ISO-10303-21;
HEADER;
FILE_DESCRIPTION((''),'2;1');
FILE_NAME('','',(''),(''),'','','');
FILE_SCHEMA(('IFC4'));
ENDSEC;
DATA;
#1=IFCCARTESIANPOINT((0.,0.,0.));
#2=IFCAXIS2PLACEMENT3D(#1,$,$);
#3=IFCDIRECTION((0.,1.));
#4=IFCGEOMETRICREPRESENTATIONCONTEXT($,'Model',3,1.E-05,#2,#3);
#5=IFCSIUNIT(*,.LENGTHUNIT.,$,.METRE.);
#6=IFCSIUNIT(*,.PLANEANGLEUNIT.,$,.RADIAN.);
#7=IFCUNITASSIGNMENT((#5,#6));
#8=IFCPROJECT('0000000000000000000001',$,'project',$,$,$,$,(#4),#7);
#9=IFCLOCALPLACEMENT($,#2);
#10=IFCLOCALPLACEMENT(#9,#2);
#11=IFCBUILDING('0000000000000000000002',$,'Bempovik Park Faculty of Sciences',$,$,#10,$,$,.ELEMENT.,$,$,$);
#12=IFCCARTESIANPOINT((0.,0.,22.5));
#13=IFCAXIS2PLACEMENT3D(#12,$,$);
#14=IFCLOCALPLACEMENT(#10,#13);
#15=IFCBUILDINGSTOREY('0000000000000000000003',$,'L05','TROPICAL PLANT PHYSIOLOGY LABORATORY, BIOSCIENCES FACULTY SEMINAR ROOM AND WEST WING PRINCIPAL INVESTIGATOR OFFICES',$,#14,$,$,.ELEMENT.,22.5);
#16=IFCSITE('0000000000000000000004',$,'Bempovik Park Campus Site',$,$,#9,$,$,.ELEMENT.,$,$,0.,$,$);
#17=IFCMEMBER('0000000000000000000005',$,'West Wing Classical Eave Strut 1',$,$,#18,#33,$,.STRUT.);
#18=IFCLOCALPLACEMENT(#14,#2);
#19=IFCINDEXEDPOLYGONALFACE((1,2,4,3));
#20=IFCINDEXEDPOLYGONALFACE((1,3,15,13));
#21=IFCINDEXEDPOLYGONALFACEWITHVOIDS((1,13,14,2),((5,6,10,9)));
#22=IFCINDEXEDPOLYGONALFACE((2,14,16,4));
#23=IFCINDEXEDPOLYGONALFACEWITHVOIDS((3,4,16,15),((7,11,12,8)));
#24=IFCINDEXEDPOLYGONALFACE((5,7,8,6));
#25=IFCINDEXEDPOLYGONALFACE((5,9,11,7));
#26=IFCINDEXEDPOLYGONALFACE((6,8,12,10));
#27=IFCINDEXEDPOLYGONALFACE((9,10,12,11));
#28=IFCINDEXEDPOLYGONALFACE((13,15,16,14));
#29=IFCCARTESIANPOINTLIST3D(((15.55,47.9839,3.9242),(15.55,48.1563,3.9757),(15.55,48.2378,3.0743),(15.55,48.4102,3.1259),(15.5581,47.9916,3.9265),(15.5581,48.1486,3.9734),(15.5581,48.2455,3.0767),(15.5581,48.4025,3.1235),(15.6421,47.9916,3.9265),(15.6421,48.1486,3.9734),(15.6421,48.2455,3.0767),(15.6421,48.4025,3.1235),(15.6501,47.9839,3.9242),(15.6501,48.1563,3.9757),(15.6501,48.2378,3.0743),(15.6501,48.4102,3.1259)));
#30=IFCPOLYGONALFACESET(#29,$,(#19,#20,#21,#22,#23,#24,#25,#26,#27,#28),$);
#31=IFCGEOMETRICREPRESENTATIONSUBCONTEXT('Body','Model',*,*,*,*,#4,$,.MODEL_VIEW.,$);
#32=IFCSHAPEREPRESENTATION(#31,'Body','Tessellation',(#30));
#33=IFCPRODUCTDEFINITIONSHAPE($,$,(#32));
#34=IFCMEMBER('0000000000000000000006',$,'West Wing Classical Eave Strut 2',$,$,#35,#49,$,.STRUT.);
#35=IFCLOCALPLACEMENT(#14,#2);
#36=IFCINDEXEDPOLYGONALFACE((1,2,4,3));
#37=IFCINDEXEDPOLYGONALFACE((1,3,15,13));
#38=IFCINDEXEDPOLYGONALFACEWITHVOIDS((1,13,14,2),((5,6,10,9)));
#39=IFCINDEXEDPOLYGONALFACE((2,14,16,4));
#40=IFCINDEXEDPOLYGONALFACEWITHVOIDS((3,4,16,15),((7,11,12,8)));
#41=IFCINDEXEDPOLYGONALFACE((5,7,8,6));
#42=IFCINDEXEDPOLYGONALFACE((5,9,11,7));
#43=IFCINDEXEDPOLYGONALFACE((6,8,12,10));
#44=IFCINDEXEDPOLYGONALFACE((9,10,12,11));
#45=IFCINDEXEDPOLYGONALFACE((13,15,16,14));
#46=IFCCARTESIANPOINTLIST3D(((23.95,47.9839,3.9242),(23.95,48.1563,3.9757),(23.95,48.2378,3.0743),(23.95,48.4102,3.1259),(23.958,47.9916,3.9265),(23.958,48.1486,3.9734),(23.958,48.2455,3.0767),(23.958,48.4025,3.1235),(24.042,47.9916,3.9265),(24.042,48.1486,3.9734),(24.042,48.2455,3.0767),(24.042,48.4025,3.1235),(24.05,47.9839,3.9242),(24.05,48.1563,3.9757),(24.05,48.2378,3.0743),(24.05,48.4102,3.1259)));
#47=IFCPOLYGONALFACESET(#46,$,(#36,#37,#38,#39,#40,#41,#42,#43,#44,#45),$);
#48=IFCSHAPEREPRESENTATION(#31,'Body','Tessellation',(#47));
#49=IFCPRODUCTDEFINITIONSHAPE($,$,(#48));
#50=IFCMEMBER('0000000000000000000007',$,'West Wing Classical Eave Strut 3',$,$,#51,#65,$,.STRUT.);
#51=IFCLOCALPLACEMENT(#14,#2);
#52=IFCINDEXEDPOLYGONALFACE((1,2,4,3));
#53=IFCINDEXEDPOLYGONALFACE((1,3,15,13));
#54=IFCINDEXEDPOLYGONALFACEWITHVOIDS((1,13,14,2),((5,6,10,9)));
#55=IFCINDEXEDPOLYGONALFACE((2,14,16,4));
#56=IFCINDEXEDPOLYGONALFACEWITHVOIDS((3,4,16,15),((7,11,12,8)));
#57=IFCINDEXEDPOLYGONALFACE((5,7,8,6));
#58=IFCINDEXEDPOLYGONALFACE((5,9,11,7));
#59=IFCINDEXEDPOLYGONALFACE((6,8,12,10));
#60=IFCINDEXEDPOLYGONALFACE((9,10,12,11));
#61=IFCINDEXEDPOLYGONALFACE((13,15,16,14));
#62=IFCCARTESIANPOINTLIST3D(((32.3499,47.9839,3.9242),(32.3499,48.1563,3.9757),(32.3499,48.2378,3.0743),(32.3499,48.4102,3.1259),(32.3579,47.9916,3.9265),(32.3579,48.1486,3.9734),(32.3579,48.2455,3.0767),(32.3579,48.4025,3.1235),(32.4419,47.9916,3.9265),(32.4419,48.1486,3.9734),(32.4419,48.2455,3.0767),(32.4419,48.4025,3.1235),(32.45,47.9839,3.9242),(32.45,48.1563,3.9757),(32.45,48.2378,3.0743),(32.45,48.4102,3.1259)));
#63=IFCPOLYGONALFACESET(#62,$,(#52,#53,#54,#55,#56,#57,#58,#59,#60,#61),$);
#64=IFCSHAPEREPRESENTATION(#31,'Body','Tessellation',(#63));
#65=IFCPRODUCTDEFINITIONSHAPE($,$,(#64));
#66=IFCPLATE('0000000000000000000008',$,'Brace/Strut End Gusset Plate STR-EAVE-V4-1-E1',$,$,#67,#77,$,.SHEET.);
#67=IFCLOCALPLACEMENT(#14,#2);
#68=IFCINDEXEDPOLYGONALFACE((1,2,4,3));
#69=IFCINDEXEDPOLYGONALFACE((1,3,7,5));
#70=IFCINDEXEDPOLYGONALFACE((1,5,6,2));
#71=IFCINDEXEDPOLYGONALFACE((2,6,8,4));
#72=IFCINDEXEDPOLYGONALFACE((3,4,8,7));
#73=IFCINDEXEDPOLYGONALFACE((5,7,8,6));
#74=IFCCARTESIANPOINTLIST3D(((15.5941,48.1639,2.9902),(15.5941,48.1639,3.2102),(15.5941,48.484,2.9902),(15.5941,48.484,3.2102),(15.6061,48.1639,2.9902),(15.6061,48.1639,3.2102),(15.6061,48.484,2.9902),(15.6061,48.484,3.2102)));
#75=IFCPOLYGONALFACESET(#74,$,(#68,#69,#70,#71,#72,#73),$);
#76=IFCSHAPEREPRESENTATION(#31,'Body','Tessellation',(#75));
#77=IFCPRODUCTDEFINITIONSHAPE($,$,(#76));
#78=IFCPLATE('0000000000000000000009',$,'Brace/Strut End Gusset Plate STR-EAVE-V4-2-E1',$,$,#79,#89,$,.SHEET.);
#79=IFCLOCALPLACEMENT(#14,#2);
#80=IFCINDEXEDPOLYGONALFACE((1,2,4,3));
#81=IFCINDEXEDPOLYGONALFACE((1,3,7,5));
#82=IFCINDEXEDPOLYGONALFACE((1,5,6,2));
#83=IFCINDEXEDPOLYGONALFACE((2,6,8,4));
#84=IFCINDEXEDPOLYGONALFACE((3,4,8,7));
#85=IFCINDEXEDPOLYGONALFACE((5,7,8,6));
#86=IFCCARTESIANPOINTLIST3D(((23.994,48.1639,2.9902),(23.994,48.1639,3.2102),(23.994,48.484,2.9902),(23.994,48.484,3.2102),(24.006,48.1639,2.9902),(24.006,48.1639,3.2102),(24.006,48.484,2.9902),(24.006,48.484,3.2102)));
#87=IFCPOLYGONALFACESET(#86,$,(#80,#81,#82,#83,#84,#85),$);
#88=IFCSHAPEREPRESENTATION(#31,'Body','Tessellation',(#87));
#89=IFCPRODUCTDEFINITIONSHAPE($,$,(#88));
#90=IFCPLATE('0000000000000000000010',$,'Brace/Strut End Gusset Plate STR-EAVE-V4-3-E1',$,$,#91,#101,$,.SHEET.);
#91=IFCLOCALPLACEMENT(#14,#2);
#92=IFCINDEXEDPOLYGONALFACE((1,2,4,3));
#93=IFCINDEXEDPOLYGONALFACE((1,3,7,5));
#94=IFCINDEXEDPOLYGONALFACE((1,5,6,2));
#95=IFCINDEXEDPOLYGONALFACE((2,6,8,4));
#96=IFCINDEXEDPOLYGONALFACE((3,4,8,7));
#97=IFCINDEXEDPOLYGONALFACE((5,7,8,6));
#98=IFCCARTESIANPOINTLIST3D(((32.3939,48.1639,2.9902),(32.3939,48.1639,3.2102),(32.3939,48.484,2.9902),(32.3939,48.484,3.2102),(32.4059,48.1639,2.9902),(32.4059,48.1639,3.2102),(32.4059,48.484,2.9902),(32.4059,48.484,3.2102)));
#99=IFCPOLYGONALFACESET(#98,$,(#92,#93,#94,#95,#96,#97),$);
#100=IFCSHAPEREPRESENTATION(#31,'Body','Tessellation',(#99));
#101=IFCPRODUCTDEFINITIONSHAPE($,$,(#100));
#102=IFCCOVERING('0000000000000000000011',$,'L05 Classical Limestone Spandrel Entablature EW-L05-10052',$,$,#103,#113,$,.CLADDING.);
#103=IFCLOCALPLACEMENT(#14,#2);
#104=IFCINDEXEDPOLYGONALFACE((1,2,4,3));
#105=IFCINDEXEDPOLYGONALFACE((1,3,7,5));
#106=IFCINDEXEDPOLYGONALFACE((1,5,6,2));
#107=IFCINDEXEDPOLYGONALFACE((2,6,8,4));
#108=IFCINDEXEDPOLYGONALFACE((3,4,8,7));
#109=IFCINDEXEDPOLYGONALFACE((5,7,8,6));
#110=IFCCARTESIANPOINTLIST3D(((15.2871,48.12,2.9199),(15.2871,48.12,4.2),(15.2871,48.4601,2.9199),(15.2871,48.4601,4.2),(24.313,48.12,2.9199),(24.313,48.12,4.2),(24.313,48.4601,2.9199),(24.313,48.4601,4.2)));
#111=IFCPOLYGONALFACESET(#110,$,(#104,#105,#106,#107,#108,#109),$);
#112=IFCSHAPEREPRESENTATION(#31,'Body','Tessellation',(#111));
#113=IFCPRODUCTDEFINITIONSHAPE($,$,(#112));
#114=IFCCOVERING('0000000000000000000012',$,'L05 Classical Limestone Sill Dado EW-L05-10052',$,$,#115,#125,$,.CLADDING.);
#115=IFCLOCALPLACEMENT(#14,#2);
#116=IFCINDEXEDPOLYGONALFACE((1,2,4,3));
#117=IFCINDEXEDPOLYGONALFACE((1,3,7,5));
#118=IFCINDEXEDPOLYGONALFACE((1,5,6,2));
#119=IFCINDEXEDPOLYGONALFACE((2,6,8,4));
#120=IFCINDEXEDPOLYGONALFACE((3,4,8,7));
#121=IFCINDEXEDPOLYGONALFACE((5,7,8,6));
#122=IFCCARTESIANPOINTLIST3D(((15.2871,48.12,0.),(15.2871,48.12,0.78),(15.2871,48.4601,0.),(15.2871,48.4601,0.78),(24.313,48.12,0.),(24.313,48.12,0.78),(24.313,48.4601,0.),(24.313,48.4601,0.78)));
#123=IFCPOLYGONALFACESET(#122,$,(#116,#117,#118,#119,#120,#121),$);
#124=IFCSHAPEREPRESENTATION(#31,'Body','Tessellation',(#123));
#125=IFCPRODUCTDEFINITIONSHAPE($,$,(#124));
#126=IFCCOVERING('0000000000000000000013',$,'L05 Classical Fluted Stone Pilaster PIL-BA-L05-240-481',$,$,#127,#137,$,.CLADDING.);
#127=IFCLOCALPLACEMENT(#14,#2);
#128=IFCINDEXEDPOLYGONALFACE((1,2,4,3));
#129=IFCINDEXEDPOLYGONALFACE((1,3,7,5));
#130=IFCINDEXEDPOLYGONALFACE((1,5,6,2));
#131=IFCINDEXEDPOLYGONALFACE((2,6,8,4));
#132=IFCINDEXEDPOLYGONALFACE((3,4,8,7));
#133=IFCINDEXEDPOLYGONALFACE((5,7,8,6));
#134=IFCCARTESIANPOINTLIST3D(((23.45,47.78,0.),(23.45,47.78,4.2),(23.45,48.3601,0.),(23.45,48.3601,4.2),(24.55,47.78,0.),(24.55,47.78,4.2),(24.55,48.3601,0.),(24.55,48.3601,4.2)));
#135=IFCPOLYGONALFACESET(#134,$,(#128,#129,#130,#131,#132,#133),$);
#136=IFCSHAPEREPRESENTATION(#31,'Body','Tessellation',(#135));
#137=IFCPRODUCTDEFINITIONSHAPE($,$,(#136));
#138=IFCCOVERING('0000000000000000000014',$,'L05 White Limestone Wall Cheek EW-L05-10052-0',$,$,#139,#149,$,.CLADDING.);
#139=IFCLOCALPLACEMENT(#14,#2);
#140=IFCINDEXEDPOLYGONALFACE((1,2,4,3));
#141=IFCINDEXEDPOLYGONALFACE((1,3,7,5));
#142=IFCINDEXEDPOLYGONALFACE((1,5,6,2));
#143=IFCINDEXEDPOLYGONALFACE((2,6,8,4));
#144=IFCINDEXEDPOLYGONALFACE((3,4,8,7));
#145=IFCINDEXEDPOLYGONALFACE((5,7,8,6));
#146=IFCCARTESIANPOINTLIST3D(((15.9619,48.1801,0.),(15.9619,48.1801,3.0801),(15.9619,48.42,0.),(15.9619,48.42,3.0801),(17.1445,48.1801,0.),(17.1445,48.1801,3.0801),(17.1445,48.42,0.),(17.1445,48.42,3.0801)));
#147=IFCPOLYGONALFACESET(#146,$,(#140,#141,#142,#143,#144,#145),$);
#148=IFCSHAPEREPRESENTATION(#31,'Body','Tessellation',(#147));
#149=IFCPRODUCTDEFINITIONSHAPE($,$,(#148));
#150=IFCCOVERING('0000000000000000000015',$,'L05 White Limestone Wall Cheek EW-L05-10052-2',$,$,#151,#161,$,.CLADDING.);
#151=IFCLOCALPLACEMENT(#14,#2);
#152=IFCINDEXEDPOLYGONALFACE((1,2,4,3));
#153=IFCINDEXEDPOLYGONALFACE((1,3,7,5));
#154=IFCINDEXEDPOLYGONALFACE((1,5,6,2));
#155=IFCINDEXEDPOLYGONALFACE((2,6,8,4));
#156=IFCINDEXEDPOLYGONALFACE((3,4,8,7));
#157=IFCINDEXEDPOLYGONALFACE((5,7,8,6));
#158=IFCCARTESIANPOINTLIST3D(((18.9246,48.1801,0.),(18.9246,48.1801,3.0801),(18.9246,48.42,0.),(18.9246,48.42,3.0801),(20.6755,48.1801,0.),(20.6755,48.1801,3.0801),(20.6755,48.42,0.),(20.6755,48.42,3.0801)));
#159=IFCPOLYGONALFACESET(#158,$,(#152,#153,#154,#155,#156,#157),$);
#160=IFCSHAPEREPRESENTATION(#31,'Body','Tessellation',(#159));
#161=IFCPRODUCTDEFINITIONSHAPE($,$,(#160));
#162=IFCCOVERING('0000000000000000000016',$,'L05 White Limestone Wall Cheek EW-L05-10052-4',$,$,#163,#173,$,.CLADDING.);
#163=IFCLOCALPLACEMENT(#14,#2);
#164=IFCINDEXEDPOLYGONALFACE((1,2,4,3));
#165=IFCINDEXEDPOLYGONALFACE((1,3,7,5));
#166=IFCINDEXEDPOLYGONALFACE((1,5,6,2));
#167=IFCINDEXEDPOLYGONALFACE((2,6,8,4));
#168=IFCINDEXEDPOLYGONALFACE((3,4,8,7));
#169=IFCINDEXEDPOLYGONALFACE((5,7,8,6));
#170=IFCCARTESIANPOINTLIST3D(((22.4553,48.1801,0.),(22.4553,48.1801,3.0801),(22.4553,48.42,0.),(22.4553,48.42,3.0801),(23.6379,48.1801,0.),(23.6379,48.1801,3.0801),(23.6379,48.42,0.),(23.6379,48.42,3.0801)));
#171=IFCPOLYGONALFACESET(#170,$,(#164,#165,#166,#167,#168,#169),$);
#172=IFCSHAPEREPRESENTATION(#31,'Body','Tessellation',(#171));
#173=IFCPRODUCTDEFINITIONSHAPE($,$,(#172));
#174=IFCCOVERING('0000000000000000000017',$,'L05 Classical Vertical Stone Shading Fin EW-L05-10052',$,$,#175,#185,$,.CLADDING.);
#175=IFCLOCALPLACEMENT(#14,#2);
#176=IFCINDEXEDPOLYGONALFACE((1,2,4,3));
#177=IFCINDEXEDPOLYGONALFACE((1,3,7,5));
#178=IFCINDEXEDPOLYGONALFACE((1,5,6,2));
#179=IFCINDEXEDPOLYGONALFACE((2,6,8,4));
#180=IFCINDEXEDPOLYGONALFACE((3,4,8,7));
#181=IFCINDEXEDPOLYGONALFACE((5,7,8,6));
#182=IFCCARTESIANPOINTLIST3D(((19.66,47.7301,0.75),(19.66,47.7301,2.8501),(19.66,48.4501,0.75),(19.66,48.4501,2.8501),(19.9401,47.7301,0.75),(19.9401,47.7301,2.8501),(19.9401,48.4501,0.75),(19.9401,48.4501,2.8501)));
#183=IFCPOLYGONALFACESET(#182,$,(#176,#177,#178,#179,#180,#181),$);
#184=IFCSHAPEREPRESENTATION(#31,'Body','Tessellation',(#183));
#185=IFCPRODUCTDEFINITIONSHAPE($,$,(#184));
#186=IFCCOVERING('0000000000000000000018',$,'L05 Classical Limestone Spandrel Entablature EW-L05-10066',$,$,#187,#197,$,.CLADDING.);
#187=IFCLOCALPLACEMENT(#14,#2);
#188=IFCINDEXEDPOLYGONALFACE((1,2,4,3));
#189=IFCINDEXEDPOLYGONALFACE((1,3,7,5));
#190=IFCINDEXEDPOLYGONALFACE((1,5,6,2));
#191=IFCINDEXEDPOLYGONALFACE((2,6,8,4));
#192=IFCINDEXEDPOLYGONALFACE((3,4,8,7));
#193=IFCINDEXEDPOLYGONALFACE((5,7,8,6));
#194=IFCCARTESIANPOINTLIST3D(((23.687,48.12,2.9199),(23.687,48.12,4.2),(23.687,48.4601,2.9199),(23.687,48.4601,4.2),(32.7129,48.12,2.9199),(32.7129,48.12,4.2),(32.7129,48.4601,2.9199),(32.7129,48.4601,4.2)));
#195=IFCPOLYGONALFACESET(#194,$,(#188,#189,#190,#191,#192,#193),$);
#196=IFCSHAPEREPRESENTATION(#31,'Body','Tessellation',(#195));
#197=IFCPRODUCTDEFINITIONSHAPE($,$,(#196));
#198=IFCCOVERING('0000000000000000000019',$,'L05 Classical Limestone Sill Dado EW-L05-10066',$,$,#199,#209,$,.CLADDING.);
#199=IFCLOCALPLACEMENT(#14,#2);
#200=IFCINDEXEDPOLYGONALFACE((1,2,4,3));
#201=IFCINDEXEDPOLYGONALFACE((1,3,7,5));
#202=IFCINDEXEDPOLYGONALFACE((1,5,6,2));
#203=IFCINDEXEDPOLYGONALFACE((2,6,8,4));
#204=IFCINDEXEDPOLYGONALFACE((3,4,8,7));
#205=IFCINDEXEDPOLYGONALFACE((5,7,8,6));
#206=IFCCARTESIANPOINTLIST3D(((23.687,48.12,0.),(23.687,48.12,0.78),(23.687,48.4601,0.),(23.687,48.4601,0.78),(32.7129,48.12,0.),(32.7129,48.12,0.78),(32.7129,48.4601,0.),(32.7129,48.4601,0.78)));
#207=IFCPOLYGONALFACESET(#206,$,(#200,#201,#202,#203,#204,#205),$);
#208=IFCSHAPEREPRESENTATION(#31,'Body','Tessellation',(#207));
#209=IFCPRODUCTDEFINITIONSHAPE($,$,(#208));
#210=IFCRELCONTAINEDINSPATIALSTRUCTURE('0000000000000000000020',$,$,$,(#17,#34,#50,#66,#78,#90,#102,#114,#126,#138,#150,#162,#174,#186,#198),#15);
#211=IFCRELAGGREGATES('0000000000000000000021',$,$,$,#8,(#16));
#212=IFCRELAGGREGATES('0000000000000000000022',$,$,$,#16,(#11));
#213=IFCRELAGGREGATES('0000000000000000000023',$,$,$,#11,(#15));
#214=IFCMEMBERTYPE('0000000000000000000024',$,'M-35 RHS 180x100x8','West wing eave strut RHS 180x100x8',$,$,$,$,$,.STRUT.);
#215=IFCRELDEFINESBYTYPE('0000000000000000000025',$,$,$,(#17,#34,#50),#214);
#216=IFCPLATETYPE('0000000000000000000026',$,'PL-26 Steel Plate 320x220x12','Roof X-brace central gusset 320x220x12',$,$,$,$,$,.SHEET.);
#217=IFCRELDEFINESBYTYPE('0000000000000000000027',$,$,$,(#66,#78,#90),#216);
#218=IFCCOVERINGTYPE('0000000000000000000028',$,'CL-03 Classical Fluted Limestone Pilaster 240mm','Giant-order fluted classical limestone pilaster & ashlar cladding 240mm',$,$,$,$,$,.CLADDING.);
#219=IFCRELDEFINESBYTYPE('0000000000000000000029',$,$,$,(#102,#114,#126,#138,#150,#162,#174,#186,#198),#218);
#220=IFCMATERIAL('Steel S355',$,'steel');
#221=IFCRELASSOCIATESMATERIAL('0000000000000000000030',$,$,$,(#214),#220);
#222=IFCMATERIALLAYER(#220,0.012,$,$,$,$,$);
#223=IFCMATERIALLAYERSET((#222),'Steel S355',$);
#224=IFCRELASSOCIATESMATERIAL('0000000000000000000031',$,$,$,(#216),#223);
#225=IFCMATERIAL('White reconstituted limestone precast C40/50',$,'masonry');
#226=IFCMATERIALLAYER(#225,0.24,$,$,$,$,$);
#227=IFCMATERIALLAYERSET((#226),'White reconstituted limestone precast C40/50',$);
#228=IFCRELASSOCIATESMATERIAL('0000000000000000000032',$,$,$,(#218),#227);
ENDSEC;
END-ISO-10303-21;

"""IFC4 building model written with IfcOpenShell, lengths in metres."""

from ifc_helpers import new_model, si_unit, direction, frame, origin, origin_2d, place, context, subcontext, project, spatial, rectangle, hollow_rectangle, extrude, material, layer, layer_set, material_profile, profile_set, type_object, element, save


model = new_model("IFC4")

# Units and contexts
model_context = context("Model", 3, precision=1e-05, world=origin(), true_north=direction((0.0, 1.0)))
body_context = subcontext(model_context, "Body", "Model", "MODEL_VIEW")
ifc_project = project(units=[si_unit("LENGTHUNIT", "METRE"), si_unit("PLANEANGLEUNIT", "RADIAN")], contexts=[model_context])

# Site, building, storey
site_placement = place(None, origin())
site = spatial("IfcSite", under=ifc_project, at=site_placement, Name="Bempovik Park Campus Site", CompositionType="ELEMENT", RefElevation=0.0)
building_placement = place(site_placement, origin())
building = spatial("IfcBuilding", under=site, at=building_placement, Name="Bempovik Park Faculty of Sciences", CompositionType="ELEMENT")
storey_placement = place(building_placement, frame((0.0, 0.0, 22.5)))
storey = spatial("IfcBuildingStorey", under=building, at=storey_placement, Name="L05", Description="TROPICAL PLANT PHYSIOLOGY LABORATORY, BIOSCIENCES FACULTY SEMINAR ROOM AND WEST WING PRINCIPAL INVESTIGATOR OFFICES", CompositionType="ELEMENT", Elevation=22.5)

# Members
ifc_material_1 = material(Name="Steel S355", Category="steel")
ifc_material_profile = material_profile(ifc_material_1, hollow_rectangle(XDim=0.1001, YDim=0.1799, WallThickness=0.0081, at=origin_2d()), Name="RHS 180x100x8")
ifc_profile_set = profile_set([ifc_material_profile], Name="Steel S355")
member_type = type_object("IfcMemberType", Name="M-35 RHS 180x100x8", Description="West wing eave strut RHS 180x100x8", PredefinedType="STRUT", material=ifc_profile_set)
for number, where, z_axis, x_axis, name in (
    (1, (15.6001, 48.324, 3.1001), (0.0, -0.286262, 0.958151), (1.0, 0.0, 0.0), "West Wing Classical Eave Strut 1"),
    (2, (24.0, 48.324, 3.1001), (0.0, -0.286262, 0.958151), (1.0, 0.0, 0.0), "West Wing Classical Eave Strut 2"),
    (3, (32.3999, 48.324, 3.1001), (0.0, -0.286262, 0.958151), (1.0, 0.0, 0.0), "West Wing Classical Eave Strut 3"),
):
    element("IfcMember", number, at=place(storey_placement, frame(where, z_axis=z_axis, x_axis=x_axis)), inside=storey, type_object=member_type, Name=name, PredefinedType="STRUT", context=body_context, shape_type="SweptSolid", body=[
        extrude(hollow_rectangle(XDim=0.1001, YDim=0.1799, WallThickness=0.0081, at=origin_2d()), origin(), (0.0, 0.0, 1.0), 0.887),
    ])

# Plates
ifc_layer_1 = layer(ifc_material_1, 0.012)
ifc_layer_set_1 = layer_set([ifc_layer_1], Name="Steel S355")
plate_type = type_object("IfcPlateType", Name="PL-26 Steel Plate 320x220x12", Description="Roof X-brace central gusset 320x220x12", PredefinedType="SHEET", material=ifc_layer_set_1)
for number, where, z_axis, x_axis, name in (
    (4, (15.6001, 48.324, 2.9902), (0.0, 0.0, 1.0), (1.0, 0.0, 0.0), "Brace/Strut End Gusset Plate STR-EAVE-V4-1-E1"),
    (5, (24.0, 48.324, 2.9902), (0.0, 0.0, 1.0), (1.0, 0.0, 0.0), "Brace/Strut End Gusset Plate STR-EAVE-V4-2-E1"),
    (6, (32.3999, 48.324, 2.9902), (0.0, 0.0, 1.0), (1.0, 0.0, 0.0), "Brace/Strut End Gusset Plate STR-EAVE-V4-3-E1"),
):
    element("IfcPlate", number, at=place(storey_placement, frame(where, z_axis=z_axis, x_axis=x_axis)), inside=storey, type_object=plate_type, Name=name, PredefinedType="SHEET", context=body_context, shape_type="SweptSolid", body=[
        extrude(rectangle(XDim=0.012, YDim=0.3201, at=origin_2d()), origin(), (0.0, 0.0, 1.0), 0.22),
    ])

# Coverings
ifc_material_2 = material(Name="White reconstituted limestone precast C40/50", Category="masonry")
ifc_layer_2 = layer(ifc_material_2, 0.24)
ifc_layer_set_2 = layer_set([ifc_layer_2], Name="White reconstituted limestone precast C40/50")
covering_type = type_object("IfcCoveringType", Name="CL-03 Classical Fluted Limestone Pilaster 240mm", Description="Giant-order fluted classical limestone pilaster & ashlar cladding 240mm", PredefinedType="CLADDING", material=ifc_layer_set_2)
covering_1_placement = place(storey_placement, frame((19.8, 48.29, 2.9199), z_axis=(0.0, 0.0, 1.0), x_axis=(1.0, 0.0, 0.0)))
element("IfcCovering", 7, at=covering_1_placement, inside=storey, type_object=covering_type, Name="L05 Classical Limestone Spandrel Entablature EW-L05-10052", PredefinedType="CLADDING", context=body_context, shape_type="SweptSolid", body=[
    extrude(rectangle(XDim=9.0259, YDim=0.3401, at=origin_2d()), origin(), (0.0, 0.0, 1.0), 1.28),
])
covering_2_placement = place(storey_placement, frame((19.8, 48.29, 0.0), z_axis=(0.0, 0.0, 1.0), x_axis=(1.0, 0.0, 0.0)))
element("IfcCovering", 8, at=covering_2_placement, inside=storey, type_object=covering_type, Name="L05 Classical Limestone Sill Dado EW-L05-10052", PredefinedType="CLADDING", context=body_context, shape_type="SweptSolid", body=[
    extrude(rectangle(XDim=9.0259, YDim=0.3401, at=origin_2d()), origin(), (0.0, 0.0, 1.0), 0.78),
])
covering_3_placement = place(storey_placement, frame((24.0, 48.0701, 0.0), z_axis=(0.0, 0.0, 1.0), x_axis=(1.0, 0.0, 0.0)))
element("IfcCovering", 9, at=covering_3_placement, inside=storey, type_object=covering_type, Name="L05 Classical Fluted Stone Pilaster PIL-BA-L05-240-481", PredefinedType="CLADDING", context=body_context, shape_type="SweptSolid", body=[
    extrude(rectangle(XDim=1.1001, YDim=0.5801, at=origin_2d()), origin(), (0.0, 0.0, 1.0), 4.2),
])
covering_4_placement = place(storey_placement, frame((16.5532, 48.3, 0.0), z_axis=(0.0, 0.0, 1.0), x_axis=(1.0, 0.0, 0.0)))
element("IfcCovering", 10, at=covering_4_placement, inside=storey, type_object=covering_type, Name="L05 White Limestone Wall Cheek EW-L05-10052-0", PredefinedType="CLADDING", context=body_context, shape_type="SweptSolid", body=[
    extrude(rectangle(XDim=1.1826, YDim=0.24, at=origin_2d()), origin(), (0.0, 0.0, 1.0), 3.0801),
])
covering_5_placement = place(storey_placement, frame((19.8, 48.3, 0.0), z_axis=(0.0, 0.0, 1.0), x_axis=(1.0, 0.0, 0.0)))
element("IfcCovering", 11, at=covering_5_placement, inside=storey, type_object=covering_type, Name="L05 White Limestone Wall Cheek EW-L05-10052-2", PredefinedType="CLADDING", context=body_context, shape_type="SweptSolid", body=[
    extrude(rectangle(XDim=1.751, YDim=0.24, at=origin_2d()), origin(), (0.0, 0.0, 1.0), 3.0801),
])
covering_6_placement = place(storey_placement, frame((23.0466, 48.3, 0.0), z_axis=(0.0, 0.0, 1.0), x_axis=(1.0, 0.0, 0.0)))
element("IfcCovering", 12, at=covering_6_placement, inside=storey, type_object=covering_type, Name="L05 White Limestone Wall Cheek EW-L05-10052-4", PredefinedType="CLADDING", context=body_context, shape_type="SweptSolid", body=[
    extrude(rectangle(XDim=1.1826, YDim=0.24, at=origin_2d()), origin(), (0.0, 0.0, 1.0), 3.0801),
])
covering_7_placement = place(storey_placement, frame((19.8, 48.0901, 0.75), z_axis=(0.0, 0.0, 1.0), x_axis=(1.0, 0.0, 0.0)))
element("IfcCovering", 13, at=covering_7_placement, inside=storey, type_object=covering_type, Name="L05 Classical Vertical Stone Shading Fin EW-L05-10052", PredefinedType="CLADDING", context=body_context, shape_type="SweptSolid", body=[
    extrude(rectangle(XDim=0.28, YDim=0.72, at=origin_2d()), origin(), (0.0, 0.0, 1.0), 2.1001),
])
covering_8_placement = place(storey_placement, frame((28.2, 48.29, 2.9199), z_axis=(0.0, 0.0, 1.0), x_axis=(1.0, 0.0, 0.0)))
element("IfcCovering", 14, at=covering_8_placement, inside=storey, type_object=covering_type, Name="L05 Classical Limestone Spandrel Entablature EW-L05-10066", PredefinedType="CLADDING", context=body_context, shape_type="SweptSolid", body=[
    extrude(rectangle(XDim=9.0259, YDim=0.3401, at=origin_2d()), origin(), (0.0, 0.0, 1.0), 1.28),
])
covering_9_placement = place(storey_placement, frame((28.2, 48.29, 0.0), z_axis=(0.0, 0.0, 1.0), x_axis=(1.0, 0.0, 0.0)))
element("IfcCovering", 15, at=covering_9_placement, inside=storey, type_object=covering_type, Name="L05 Classical Limestone Sill Dado EW-L05-10066", PredefinedType="CLADDING", context=body_context, shape_type="SweptSolid", body=[
    extrude(rectangle(XDim=9.0259, YDim=0.3401, at=origin_2d()), origin(), (0.0, 0.0, 1.0), 0.78),
])

save(model, "model.ifc")
